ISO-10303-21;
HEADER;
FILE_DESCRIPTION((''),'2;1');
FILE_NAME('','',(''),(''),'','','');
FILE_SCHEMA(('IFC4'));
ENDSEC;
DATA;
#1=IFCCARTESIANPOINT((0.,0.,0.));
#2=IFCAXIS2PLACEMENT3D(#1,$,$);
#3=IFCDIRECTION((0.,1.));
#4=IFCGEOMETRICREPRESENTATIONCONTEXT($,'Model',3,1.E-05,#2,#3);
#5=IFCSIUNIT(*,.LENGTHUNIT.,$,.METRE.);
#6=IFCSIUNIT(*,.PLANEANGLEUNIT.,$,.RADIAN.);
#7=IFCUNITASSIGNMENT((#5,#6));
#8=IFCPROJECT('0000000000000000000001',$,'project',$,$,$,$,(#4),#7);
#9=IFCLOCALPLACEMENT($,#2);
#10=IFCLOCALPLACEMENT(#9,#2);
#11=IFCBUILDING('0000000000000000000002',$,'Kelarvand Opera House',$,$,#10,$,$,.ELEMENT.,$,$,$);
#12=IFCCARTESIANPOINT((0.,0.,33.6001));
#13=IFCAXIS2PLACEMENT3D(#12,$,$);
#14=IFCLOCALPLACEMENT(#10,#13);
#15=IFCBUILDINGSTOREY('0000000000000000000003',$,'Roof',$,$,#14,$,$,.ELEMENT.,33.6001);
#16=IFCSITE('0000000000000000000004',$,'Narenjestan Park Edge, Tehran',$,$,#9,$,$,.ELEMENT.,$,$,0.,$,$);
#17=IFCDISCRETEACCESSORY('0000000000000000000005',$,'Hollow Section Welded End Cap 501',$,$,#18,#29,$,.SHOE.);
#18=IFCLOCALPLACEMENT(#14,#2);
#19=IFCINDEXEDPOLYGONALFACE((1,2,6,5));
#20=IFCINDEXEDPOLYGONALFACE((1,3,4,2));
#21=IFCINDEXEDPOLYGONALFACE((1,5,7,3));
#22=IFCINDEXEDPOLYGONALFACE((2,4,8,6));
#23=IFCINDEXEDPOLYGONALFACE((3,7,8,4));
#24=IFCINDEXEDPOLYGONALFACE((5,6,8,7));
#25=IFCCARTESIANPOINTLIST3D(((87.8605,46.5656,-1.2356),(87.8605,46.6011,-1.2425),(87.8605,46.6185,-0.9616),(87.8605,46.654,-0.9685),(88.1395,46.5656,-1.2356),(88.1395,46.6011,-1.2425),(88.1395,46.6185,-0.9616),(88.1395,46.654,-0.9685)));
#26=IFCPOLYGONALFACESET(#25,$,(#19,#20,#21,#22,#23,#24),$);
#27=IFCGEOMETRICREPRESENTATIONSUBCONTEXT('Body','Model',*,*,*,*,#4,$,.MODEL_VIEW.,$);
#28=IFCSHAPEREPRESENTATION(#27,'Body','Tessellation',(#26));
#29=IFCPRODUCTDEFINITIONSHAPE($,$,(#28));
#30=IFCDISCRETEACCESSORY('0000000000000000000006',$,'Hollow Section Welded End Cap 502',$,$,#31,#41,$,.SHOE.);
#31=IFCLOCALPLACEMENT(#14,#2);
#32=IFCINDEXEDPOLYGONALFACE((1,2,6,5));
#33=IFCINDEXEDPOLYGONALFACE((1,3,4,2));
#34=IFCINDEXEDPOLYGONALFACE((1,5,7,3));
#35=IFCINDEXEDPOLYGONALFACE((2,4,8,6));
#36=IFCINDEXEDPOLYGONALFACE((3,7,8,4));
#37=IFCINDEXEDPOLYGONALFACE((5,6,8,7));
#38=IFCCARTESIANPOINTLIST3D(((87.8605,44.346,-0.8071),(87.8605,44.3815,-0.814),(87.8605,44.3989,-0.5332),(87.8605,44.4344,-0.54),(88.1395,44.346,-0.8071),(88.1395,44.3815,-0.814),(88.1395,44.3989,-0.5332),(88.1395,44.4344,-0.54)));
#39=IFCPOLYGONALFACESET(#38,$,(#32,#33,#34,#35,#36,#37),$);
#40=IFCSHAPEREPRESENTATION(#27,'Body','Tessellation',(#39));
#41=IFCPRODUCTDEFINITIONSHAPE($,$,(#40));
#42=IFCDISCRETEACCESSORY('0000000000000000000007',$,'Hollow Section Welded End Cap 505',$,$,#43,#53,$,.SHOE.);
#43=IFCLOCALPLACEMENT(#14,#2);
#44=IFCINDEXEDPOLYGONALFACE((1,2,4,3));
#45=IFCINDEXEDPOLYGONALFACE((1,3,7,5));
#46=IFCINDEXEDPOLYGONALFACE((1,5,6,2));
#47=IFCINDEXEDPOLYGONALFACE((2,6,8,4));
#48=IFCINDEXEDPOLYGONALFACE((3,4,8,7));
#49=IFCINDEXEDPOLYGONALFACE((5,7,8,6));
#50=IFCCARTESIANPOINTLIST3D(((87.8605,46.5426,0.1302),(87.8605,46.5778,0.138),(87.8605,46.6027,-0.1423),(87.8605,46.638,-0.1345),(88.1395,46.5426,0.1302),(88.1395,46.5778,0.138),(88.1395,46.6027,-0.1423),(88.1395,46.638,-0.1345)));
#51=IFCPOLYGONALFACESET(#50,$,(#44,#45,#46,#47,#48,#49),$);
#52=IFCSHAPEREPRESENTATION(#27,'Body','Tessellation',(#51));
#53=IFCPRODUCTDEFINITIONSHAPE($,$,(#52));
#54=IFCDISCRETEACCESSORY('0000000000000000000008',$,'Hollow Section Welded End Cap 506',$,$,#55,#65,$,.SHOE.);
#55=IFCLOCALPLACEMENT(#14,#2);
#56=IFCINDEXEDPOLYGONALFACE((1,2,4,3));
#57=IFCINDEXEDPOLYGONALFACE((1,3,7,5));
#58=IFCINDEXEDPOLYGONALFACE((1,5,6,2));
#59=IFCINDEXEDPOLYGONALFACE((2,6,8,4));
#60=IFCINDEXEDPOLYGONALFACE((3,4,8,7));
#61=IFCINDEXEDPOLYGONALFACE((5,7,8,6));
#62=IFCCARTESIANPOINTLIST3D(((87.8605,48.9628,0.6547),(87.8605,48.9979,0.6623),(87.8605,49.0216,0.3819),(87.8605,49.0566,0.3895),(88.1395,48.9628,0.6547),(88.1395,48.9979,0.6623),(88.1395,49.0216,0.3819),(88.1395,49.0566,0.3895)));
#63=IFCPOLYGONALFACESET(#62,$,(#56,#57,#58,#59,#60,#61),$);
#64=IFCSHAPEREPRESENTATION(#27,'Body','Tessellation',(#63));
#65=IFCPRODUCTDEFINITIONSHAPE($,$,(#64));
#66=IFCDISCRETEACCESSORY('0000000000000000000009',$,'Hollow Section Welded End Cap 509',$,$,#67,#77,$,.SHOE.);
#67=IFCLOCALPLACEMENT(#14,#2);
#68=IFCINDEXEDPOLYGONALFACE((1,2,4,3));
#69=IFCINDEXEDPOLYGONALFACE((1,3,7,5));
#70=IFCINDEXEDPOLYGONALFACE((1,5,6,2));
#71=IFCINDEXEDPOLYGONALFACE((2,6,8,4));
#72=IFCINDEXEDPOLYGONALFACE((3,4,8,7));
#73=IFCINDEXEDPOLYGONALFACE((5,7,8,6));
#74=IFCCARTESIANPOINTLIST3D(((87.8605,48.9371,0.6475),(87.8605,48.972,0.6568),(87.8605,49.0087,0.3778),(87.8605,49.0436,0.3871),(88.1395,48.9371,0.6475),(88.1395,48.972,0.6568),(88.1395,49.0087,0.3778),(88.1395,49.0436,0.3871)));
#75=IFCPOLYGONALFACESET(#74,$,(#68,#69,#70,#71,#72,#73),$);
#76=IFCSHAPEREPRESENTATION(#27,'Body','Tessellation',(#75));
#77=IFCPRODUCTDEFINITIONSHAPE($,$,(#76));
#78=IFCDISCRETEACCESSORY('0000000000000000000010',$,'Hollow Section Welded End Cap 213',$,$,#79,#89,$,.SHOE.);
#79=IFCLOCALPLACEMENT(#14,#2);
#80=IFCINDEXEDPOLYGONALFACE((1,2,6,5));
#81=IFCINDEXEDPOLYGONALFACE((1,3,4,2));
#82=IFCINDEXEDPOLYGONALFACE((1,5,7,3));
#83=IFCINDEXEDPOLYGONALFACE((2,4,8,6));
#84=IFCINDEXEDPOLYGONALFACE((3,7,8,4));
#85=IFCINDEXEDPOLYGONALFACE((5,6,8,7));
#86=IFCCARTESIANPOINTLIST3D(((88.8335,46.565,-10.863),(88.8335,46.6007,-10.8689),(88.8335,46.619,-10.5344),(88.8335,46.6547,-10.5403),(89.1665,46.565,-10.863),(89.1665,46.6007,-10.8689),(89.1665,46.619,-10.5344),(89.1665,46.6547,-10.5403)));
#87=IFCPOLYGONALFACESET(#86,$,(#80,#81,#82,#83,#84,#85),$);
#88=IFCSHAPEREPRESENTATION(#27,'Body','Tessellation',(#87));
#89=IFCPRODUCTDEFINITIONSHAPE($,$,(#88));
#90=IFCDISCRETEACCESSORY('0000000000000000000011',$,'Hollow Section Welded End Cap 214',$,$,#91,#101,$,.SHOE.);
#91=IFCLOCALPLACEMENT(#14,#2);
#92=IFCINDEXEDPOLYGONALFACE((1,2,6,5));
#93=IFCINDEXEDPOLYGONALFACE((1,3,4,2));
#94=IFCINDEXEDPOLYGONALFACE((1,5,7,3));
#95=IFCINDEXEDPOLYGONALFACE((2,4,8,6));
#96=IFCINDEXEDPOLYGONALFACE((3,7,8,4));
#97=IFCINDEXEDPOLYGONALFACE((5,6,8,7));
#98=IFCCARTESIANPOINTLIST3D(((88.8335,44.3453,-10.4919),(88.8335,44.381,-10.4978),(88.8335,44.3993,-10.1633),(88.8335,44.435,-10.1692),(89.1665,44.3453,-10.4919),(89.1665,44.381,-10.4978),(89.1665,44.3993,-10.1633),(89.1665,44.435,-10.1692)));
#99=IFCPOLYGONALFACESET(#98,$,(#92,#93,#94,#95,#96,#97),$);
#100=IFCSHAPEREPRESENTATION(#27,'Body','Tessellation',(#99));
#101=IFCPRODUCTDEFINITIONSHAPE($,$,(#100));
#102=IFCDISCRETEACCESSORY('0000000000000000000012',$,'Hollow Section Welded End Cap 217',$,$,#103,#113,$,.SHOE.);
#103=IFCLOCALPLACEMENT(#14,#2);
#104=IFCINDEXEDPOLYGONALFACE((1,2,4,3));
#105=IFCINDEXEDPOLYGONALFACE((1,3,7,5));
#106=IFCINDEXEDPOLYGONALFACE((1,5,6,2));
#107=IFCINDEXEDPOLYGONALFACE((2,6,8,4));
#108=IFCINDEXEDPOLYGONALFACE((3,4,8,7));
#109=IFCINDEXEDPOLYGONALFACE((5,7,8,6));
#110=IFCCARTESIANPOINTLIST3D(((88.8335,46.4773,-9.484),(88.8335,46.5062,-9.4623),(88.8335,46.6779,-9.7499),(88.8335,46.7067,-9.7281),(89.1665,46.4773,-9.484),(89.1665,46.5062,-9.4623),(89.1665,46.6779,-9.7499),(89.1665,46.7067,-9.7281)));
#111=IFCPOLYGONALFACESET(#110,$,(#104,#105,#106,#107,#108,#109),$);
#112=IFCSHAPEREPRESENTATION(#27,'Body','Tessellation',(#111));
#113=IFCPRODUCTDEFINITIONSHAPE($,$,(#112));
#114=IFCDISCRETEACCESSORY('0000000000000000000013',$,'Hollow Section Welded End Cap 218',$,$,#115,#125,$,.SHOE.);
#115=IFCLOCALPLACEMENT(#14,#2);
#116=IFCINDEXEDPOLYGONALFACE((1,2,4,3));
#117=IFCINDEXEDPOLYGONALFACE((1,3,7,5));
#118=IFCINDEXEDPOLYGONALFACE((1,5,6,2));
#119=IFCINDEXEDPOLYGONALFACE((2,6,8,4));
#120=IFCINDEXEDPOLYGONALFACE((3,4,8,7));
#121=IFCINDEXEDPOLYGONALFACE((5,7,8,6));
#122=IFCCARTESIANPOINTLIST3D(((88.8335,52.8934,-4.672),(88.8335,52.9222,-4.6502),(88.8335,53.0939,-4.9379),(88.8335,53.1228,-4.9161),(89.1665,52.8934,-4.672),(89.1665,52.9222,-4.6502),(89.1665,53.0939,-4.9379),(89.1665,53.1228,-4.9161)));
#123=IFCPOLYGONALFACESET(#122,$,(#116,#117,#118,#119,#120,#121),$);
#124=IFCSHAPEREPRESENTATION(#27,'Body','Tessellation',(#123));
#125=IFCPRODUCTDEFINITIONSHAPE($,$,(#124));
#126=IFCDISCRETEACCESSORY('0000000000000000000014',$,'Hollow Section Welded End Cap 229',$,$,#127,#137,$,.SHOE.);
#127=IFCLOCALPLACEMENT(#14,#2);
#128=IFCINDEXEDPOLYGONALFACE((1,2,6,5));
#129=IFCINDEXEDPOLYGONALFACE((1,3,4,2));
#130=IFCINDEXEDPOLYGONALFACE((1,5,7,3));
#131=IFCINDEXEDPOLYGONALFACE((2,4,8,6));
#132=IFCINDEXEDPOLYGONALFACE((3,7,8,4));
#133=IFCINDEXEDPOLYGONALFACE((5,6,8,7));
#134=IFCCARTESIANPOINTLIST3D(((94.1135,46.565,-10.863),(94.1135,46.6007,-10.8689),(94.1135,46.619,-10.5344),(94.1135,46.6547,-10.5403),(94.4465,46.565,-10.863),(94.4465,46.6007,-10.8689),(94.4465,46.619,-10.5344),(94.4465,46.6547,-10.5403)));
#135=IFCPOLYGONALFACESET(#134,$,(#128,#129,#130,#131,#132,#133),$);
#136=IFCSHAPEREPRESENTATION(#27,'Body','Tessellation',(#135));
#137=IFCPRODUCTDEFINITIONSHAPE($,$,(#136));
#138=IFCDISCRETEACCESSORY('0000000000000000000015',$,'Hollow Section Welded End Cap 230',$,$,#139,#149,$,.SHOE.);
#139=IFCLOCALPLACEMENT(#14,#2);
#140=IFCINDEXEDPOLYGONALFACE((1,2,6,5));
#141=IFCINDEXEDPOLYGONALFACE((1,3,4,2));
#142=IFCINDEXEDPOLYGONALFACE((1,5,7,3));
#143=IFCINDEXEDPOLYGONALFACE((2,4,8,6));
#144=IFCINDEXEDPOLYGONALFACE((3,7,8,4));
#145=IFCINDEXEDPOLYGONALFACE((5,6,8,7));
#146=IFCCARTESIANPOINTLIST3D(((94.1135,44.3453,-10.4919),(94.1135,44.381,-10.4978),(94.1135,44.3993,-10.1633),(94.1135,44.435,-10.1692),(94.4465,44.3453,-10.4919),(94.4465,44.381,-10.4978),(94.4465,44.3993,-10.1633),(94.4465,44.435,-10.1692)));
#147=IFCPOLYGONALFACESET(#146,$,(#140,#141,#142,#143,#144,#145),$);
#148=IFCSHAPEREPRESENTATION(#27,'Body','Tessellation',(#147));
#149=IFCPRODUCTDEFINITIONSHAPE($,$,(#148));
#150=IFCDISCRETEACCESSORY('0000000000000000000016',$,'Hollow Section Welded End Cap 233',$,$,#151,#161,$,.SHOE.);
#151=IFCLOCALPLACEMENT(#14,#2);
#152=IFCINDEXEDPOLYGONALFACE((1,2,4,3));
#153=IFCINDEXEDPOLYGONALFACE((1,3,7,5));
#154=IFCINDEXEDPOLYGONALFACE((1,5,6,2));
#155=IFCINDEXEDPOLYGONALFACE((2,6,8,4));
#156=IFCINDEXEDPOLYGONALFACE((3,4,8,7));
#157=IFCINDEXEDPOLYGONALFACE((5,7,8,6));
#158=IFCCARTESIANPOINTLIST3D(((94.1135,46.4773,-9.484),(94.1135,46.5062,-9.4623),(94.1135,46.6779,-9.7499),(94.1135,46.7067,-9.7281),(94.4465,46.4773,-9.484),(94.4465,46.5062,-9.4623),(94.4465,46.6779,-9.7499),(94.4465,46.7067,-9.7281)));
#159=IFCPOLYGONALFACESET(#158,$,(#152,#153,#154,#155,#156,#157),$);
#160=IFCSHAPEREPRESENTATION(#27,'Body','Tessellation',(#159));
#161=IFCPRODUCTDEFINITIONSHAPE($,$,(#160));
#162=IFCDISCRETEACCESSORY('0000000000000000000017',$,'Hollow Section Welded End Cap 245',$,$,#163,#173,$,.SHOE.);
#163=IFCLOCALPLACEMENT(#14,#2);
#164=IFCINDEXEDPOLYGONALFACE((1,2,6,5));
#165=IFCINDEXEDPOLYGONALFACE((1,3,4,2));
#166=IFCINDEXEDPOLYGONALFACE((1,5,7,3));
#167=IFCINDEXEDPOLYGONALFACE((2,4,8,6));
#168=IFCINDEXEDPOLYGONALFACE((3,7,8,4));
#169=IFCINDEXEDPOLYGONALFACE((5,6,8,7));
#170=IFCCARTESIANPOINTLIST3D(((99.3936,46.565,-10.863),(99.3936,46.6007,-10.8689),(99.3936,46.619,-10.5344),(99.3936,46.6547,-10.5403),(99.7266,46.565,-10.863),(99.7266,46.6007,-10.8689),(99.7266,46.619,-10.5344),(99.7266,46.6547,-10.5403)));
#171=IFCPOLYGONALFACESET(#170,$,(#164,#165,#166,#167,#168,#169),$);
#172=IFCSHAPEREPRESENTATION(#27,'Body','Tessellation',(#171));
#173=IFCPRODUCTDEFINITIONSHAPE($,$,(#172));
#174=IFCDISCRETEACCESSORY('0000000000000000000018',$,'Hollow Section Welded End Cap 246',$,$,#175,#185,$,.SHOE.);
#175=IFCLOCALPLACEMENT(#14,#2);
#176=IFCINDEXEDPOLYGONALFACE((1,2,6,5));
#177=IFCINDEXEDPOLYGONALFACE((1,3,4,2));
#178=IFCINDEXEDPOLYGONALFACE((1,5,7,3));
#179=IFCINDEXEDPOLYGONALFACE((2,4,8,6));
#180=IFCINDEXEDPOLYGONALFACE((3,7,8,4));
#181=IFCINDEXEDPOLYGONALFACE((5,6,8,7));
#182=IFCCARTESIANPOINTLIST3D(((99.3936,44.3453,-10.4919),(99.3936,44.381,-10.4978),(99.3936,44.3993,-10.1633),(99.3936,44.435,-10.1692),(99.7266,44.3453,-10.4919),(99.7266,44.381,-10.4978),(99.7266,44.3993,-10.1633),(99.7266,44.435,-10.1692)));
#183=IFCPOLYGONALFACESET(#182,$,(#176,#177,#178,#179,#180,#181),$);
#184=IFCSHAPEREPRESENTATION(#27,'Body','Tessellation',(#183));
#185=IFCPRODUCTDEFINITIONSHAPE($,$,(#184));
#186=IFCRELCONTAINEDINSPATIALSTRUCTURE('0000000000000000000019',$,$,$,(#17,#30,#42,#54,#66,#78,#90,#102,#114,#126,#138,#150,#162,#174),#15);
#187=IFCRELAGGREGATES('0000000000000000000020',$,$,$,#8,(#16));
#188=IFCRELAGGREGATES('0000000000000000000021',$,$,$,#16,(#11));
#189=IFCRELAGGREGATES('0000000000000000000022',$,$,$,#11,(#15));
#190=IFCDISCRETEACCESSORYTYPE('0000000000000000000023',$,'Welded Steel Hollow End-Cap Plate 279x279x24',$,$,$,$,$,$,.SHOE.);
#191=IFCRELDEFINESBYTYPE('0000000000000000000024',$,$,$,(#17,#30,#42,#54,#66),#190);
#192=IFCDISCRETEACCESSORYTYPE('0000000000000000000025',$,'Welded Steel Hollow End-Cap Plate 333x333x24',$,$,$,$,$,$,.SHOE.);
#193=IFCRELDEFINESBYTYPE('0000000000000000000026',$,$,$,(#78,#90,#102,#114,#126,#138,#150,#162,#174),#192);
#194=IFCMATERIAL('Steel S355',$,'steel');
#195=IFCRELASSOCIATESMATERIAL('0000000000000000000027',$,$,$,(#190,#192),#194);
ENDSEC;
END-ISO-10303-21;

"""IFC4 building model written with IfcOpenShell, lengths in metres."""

from ifc_helpers import new_model, si_unit, direction, frame, origin, origin_2d, place, context, subcontext, project, spatial, rectangle, extrude, material, material_profile, profile_set, type_object, element, save


model = new_model("IFC4")

# Units and contexts
model_context = context("Model", 3, precision=1e-05, world=origin(), true_north=direction((0.0, 1.0)))
body_context = subcontext(model_context, "Body", "Model", "MODEL_VIEW")
ifc_project = project(units=[si_unit("LENGTHUNIT", "METRE"), si_unit("PLANEANGLEUNIT", "RADIAN")], contexts=[model_context])

# Site, building, storey
site_placement = place(None, origin())
site = spatial("IfcSite", under=ifc_project, at=site_placement, Name="Narenjestan Park Edge, Tehran", CompositionType="ELEMENT", RefElevation=0.0)
building_placement = place(site_placement, origin())
building = spatial("IfcBuilding", under=site, at=building_placement, Name="Kelarvand Opera House", CompositionType="ELEMENT")
storey_placement = place(building_placement, frame((0.0, 0.0, 33.6001)))
storey = spatial("IfcBuildingStorey", under=building, at=storey_placement, Name="Roof", CompositionType="ELEMENT", Elevation=33.6001)

# Shared definitions
ifc_material_1 = material(Name="Steel S355", Category="steel")

# Discrete accessories
ifc_material_profile_1 = material_profile(ifc_material_1, rectangle(XDim=0.2791, YDim=0.2791, at=origin_2d()), Name="Welded Steel Hollow End-Cap Plate 279x279x24", Category="steel")
ifc_profile_set_1 = profile_set([ifc_material_profile_1], Name="Steel S355")
discrete_accessory_type_1 = type_object("IfcDiscreteAccessoryType", Name="Welded Steel Hollow End-Cap Plate 279x279x24", PredefinedType="SHOE", material=ifc_profile_set_1)
for number, where, z_axis, x_axis, name in (
    (1, (88.0, 46.592, -1.0986), (0.0, 0.981861, -0.189601), (-1.0, 0.0, 0.0), "Hollow Section Welded End Cap 501"),
    (2, (88.0, 44.408, -0.677), (0.0, -0.981861, 0.189601), (1.0, 0.0, 0.0), "Hollow Section Welded End Cap 502"),
    (3, (88.0, 46.6079, 0.0017), (0.0, -0.976503, -0.215504), (1.0, 0.0, 0.0), "Hollow Section Welded End Cap 505"),
):
    element("IfcDiscreteAccessory", number, at=place(storey_placement, frame(where, z_axis=z_axis, x_axis=x_axis)), inside=storey, type_object=discrete_accessory_type_1, Name=name, PredefinedType="SHOE", context=body_context, shape_type="SweptSolid", body=[
        extrude(rectangle(XDim=0.2791, YDim=0.2791, at=origin_2d()), origin(), (0.0, 0.0, 1.0), 0.0361),
    ])
discrete_accessory_1_placement = place(storey_placement, frame((88.0, 48.9922, 0.5183), z_axis=(0.0, 0.977603, 0.210456), x_axis=(-1.0, 0.0, 0.0)))
element("IfcDiscreteAccessory", 4, at=discrete_accessory_1_placement, inside=storey, type_object=discrete_accessory_type_1, Name="Hollow Section Welded End Cap 506", PredefinedType="SHOE", context=body_context, shape_type="SweptSolid", body=[
    extrude(rectangle(XDim=0.2791, YDim=0.2791, at=origin_2d()), origin(), (0.0, 0.0, 1.0), 0.0359),
])
discrete_accessory_2_placement = place(storey_placement, frame((88.0, 49.0078, 0.522), z_axis=(0.0, -0.966459, -0.256821), x_axis=(1.0, 0.0, 0.0)))
element("IfcDiscreteAccessory", 5, at=discrete_accessory_2_placement, inside=storey, type_object=discrete_accessory_type_1, Name="Hollow Section Welded End Cap 509", PredefinedType="SHOE", context=body_context, shape_type="SweptSolid", body=[
    extrude(rectangle(XDim=0.2791, YDim=0.2791, at=origin_2d()), origin(), (0.0, 0.0, 1.0), 0.0361),
])
ifc_material_profile_2 = material_profile(ifc_material_1, rectangle(XDim=0.333, YDim=0.333, at=origin_2d()), Name="Welded Steel Hollow End-Cap Plate 333x333x24", Category="steel")
ifc_profile_set_2 = profile_set([ifc_material_profile_2], Name="Steel S355")
discrete_accessory_type_2 = type_object("IfcDiscreteAccessoryType", Name="Welded Steel Hollow End-Cap Plate 333x333x24", PredefinedType="SHOE", material=ifc_profile_set_2)
for number, where, z_axis, x_axis, name in (
    (6, (89.0, 46.592, -10.6987), (0.0, 0.986757, -0.162207), (-1.0, 0.0, 0.0), "Hollow Section Welded End Cap 213"),
    (7, (89.0, 44.408, -10.3335), (0.0, -0.986757, 0.162207), (1.0, 0.0, 0.0), "Hollow Section Welded End Cap 214"),
    (8, (89.0, 46.6064, -9.5952), (0.0, -0.798373, -0.602163), (1.0, 0.0, 0.0), "Hollow Section Welded End Cap 217"),
    (9, (89.0, 52.9937, -4.8049), (0.0, 0.798373, 0.602163), (-1.0, 0.0, 0.0), "Hollow Section Welded End Cap 218"),
    (10, (94.28, 46.592, -10.6987), (0.0, 0.986757, -0.162207), (-1.0, 0.0, 0.0), "Hollow Section Welded End Cap 229"),
    (11, (94.28, 44.408, -10.3335), (0.0, -0.986757, 0.162207), (1.0, 0.0, 0.0), "Hollow Section Welded End Cap 230"),
    (12, (94.28, 46.6064, -9.5952), (0.0, -0.798373, -0.602163), (1.0, 0.0, 0.0), "Hollow Section Welded End Cap 233"),
    (13, (99.5601, 46.592, -10.6987), (0.0, 0.986757, -0.162207), (-1.0, 0.0, 0.0), "Hollow Section Welded End Cap 245"),
    (14, (99.5601, 44.408, -10.3335), (0.0, -0.986757, 0.162207), (1.0, 0.0, 0.0), "Hollow Section Welded End Cap 246"),
):
    element("IfcDiscreteAccessory", number, at=place(storey_placement, frame(where, z_axis=z_axis, x_axis=x_axis)), inside=storey, type_object=discrete_accessory_type_2, Name=name, PredefinedType="SHOE", context=body_context, shape_type="SweptSolid", body=[
        extrude(rectangle(XDim=0.333, YDim=0.333, at=origin_2d()), origin(), (0.0, 0.0, 1.0), 0.0361),
    ])

save(model, "model.ifc")
